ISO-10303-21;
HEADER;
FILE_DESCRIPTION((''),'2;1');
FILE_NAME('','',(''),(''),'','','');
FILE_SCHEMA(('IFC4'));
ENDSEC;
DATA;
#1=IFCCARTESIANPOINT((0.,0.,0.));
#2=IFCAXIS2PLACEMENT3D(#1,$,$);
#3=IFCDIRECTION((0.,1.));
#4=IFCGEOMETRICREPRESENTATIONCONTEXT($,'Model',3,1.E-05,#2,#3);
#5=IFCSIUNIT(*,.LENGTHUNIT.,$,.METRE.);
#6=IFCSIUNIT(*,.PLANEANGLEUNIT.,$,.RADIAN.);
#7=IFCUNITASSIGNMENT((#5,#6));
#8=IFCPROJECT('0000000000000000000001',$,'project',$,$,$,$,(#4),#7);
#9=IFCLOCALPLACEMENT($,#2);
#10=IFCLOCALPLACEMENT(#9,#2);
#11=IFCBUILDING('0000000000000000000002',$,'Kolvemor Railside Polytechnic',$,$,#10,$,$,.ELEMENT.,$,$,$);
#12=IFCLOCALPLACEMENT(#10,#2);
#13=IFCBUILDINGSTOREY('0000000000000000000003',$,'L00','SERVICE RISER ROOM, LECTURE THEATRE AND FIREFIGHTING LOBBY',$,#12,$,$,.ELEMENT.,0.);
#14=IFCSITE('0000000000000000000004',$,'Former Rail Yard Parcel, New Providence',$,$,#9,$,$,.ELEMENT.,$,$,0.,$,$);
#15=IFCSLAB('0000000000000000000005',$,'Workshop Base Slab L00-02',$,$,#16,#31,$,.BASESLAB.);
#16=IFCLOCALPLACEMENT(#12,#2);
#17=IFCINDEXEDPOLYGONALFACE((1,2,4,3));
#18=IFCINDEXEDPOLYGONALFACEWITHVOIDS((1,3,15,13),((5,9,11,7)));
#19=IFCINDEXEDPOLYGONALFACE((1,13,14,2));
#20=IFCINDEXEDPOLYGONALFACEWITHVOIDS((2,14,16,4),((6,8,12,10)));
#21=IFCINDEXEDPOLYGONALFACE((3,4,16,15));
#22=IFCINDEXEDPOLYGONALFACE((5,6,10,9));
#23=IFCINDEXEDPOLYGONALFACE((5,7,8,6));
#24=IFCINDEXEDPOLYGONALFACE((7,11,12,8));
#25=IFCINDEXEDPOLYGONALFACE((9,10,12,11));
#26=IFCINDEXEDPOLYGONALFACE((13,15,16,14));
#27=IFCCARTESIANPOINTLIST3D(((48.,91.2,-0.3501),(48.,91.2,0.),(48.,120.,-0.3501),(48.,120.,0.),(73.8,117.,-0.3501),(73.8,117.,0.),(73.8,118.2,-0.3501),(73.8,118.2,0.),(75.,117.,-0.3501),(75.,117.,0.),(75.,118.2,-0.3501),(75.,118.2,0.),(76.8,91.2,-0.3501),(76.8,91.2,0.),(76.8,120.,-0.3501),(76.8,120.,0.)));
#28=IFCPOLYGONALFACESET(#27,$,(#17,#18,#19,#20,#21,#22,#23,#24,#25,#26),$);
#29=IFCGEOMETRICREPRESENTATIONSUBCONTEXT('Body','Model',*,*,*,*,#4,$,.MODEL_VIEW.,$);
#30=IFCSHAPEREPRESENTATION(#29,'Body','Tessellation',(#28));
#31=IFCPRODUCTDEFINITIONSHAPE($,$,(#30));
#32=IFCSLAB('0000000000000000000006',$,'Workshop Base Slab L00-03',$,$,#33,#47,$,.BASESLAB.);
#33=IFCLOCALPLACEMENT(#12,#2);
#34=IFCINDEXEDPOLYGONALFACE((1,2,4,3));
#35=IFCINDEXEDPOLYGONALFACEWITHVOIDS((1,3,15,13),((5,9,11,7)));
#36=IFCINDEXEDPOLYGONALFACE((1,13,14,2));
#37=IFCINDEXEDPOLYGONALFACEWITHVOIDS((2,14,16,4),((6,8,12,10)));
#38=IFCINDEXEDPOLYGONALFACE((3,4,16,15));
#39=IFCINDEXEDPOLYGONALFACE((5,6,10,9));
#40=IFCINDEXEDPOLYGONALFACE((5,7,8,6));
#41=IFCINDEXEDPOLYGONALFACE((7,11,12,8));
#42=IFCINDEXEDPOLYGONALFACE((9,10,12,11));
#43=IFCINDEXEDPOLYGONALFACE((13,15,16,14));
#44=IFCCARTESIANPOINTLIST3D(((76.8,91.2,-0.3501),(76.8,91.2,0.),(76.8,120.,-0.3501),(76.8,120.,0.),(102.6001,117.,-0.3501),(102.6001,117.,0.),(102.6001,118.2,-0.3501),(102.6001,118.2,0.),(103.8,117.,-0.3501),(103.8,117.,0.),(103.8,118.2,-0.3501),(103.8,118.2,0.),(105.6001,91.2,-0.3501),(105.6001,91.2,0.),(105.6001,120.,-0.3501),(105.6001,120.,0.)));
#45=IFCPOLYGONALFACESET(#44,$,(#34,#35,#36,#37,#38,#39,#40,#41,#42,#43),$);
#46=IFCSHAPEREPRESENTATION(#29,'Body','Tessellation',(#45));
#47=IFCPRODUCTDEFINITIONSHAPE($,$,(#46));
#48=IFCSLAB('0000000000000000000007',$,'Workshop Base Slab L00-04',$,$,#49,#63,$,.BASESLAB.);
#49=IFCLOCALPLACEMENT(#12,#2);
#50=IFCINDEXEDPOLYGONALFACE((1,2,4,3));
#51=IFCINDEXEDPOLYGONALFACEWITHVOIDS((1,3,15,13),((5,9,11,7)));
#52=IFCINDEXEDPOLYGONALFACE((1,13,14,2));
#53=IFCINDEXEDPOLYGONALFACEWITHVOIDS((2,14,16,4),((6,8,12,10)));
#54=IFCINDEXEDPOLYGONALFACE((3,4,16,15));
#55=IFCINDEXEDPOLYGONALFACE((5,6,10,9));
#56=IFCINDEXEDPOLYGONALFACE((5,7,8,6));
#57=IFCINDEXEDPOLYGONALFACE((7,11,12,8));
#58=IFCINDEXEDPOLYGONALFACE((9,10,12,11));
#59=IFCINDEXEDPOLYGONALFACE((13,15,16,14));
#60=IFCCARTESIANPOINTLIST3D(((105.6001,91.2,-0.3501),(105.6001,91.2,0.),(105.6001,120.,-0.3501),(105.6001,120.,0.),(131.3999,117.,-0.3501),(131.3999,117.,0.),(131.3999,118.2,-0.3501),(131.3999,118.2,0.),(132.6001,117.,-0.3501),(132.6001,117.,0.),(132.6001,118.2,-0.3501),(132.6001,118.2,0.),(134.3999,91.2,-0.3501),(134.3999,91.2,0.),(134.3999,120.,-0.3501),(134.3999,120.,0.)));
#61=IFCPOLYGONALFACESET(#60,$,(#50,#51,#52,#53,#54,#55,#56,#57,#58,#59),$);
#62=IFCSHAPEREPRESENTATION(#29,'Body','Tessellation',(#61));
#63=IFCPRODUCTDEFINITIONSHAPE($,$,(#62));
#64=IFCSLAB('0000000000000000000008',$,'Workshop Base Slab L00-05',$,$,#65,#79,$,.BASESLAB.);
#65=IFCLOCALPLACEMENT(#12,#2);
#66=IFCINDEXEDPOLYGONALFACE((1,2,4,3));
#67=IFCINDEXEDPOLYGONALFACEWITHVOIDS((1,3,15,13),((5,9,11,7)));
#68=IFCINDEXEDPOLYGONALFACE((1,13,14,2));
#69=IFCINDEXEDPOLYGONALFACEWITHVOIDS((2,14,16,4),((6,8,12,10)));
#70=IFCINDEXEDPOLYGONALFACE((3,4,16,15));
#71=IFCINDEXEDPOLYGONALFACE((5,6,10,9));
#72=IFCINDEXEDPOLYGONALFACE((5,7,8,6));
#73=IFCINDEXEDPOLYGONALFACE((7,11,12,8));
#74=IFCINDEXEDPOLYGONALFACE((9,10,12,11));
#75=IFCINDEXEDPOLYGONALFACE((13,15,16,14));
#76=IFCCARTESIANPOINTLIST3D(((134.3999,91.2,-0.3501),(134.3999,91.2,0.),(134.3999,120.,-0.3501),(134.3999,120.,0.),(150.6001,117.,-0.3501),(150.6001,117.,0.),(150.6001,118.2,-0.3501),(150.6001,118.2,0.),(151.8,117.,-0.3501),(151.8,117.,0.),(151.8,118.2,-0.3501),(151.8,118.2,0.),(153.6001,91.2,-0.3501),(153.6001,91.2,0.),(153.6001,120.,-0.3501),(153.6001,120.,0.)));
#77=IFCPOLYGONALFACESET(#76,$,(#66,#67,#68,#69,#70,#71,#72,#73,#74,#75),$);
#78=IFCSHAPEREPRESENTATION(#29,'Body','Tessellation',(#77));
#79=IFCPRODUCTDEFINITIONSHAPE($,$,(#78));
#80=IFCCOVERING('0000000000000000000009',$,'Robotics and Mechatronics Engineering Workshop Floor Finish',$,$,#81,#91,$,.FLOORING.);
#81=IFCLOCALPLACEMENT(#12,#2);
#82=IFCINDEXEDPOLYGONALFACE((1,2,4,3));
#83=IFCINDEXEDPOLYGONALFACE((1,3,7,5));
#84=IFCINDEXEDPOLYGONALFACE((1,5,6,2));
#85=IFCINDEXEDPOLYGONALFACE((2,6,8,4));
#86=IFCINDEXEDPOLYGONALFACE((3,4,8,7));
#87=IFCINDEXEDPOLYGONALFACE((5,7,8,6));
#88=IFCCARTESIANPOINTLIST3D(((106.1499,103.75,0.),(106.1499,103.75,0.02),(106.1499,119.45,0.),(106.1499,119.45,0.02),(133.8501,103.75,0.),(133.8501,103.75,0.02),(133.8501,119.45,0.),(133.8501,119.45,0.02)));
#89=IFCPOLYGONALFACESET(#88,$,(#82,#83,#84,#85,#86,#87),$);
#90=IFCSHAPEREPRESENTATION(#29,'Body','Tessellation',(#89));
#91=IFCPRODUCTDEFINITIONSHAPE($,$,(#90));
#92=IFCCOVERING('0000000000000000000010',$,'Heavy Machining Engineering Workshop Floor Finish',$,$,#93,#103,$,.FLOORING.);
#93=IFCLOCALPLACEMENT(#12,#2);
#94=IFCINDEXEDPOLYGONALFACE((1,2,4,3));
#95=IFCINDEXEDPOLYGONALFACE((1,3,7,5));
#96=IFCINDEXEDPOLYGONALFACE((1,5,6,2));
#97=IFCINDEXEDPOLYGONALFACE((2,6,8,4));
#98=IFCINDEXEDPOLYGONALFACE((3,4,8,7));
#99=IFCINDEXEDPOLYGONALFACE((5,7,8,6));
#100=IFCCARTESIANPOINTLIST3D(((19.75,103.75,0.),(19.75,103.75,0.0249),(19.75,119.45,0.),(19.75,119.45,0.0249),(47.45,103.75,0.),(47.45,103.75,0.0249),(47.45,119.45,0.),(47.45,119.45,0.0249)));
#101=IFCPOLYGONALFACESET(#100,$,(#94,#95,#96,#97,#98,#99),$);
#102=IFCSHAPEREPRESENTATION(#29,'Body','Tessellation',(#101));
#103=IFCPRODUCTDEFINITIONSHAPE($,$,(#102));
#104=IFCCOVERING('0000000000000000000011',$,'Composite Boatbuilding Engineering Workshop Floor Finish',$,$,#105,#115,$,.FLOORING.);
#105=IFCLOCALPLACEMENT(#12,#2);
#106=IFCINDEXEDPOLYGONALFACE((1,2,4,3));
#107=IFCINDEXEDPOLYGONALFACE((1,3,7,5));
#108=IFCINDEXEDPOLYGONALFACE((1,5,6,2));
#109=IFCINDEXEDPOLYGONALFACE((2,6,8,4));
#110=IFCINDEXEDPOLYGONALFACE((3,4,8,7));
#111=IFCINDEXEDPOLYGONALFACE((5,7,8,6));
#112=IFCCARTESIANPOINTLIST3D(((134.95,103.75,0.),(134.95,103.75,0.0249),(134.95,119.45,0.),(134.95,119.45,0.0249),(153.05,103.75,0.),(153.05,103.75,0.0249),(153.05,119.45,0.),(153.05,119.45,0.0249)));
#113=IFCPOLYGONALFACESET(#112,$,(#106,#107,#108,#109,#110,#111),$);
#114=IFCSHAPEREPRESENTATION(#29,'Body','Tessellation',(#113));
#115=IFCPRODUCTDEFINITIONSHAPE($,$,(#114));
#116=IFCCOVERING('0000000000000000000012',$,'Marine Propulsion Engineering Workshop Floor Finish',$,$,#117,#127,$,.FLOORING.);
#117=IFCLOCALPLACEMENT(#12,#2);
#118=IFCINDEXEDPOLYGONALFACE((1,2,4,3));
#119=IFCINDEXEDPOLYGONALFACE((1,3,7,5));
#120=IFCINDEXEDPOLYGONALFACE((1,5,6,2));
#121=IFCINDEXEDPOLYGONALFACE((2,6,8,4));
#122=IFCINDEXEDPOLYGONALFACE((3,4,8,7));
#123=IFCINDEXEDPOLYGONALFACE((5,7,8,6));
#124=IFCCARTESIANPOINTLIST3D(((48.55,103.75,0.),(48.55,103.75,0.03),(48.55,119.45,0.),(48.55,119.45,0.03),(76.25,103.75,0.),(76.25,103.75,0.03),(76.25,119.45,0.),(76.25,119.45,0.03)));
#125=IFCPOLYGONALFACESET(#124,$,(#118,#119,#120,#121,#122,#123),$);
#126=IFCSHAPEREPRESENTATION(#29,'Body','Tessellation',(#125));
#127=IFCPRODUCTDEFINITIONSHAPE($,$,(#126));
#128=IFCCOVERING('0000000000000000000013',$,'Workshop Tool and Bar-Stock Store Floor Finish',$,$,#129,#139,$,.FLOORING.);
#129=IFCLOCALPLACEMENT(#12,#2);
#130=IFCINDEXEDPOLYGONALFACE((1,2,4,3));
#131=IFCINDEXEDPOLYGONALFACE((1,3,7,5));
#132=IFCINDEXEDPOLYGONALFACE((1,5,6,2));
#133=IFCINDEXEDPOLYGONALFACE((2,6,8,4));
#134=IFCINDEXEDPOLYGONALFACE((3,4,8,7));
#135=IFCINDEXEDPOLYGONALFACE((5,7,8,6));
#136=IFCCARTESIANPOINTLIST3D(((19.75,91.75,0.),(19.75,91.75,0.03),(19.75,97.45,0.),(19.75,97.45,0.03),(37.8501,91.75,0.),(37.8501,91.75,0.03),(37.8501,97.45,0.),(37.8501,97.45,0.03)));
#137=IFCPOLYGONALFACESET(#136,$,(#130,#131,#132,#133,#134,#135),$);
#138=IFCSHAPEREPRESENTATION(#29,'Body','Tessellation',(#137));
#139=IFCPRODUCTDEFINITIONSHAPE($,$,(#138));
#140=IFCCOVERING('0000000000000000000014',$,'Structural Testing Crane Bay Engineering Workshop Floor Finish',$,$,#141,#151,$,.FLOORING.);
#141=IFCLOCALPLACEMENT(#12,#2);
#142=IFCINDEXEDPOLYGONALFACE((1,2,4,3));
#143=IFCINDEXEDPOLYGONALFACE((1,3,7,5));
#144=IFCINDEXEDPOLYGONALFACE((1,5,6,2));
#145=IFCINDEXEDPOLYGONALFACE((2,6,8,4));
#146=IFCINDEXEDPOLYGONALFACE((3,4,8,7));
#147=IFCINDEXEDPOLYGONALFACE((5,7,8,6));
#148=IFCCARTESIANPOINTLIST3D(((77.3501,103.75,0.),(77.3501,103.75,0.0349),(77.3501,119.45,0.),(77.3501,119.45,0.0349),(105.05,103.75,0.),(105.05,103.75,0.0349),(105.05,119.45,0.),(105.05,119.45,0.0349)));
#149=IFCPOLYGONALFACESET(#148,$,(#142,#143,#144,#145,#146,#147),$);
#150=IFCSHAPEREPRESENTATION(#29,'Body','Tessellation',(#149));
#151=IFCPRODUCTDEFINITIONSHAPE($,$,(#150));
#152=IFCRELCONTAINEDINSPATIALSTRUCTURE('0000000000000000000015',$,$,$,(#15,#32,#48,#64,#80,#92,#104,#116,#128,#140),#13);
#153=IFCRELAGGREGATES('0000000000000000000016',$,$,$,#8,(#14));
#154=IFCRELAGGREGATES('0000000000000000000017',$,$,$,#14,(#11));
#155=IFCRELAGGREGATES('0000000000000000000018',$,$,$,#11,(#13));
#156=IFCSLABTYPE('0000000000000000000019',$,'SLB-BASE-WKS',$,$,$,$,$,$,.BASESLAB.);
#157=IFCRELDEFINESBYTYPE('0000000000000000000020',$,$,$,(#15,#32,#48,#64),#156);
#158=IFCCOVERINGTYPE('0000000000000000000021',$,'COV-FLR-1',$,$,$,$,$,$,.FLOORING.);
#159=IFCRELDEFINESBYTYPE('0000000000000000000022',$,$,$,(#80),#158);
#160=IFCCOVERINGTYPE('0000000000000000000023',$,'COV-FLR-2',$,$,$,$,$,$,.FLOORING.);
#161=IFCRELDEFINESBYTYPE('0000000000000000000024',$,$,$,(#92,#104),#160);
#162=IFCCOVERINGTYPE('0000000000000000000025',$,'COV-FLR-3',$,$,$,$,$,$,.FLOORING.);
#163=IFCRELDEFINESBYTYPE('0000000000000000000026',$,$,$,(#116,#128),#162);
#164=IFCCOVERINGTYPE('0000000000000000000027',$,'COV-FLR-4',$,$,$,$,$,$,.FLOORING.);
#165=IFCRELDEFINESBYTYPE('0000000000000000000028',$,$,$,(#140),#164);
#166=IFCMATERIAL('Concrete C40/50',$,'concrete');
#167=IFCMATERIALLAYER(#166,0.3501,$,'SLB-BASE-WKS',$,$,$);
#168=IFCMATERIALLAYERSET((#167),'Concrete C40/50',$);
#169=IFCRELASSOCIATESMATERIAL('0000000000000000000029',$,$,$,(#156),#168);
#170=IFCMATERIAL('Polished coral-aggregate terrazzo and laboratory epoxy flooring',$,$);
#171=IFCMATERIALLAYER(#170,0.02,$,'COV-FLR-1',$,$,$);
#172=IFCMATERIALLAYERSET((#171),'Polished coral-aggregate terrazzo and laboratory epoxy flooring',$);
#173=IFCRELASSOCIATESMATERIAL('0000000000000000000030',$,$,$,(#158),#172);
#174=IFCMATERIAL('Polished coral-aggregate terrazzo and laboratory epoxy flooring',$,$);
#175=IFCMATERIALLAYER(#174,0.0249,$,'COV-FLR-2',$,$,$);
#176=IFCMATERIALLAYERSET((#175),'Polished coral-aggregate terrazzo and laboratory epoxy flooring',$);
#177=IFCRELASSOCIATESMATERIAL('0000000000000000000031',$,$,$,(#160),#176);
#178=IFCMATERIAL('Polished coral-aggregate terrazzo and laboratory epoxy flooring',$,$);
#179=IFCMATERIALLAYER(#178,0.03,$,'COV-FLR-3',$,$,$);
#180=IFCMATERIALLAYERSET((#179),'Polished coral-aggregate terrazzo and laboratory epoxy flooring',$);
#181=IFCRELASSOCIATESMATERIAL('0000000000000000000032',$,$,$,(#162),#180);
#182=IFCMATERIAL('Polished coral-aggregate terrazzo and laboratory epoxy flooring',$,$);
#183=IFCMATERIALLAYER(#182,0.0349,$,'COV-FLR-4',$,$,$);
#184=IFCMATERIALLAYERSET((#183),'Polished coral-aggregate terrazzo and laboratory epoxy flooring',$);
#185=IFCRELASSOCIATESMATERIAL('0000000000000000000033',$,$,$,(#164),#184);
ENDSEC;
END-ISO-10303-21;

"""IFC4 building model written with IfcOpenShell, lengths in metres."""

from ifc_helpers import new_model, si_unit, direction, frame, origin, place, context, subcontext, project, spatial, polyline, outline, extrude, material, layer, layer_set, type_object, element, save


model = new_model("IFC4")

# Units and contexts
model_context = context("Model", 3, precision=1e-05, world=origin(), true_north=direction((0.0, 1.0)))
body_context = subcontext(model_context, "Body", "Model", "MODEL_VIEW")
ifc_project = project(units=[si_unit("LENGTHUNIT", "METRE"), si_unit("PLANEANGLEUNIT", "RADIAN")], contexts=[model_context])

# Site, building, storey
site_placement = place(None, origin())
site = spatial("IfcSite", under=ifc_project, at=site_placement, Name="Former Rail Yard Parcel, New Providence", CompositionType="ELEMENT", RefElevation=0.0)
building_placement = place(site_placement, origin())
building = spatial("IfcBuilding", under=site, at=building_placement, Name="Kolvemor Railside Polytechnic", CompositionType="ELEMENT")
storey_placement = place(building_placement, origin())
storey = spatial("IfcBuildingStorey", under=building, at=storey_placement, Name="L00", Description="SERVICE RISER ROOM, LECTURE THEATRE AND FIREFIGHTING LOBBY", CompositionType="ELEMENT", Elevation=0.0)

# Slabs
ifc_material_1 = material(Name="Concrete C40/50", Category="concrete")
ifc_layer_1 = layer(ifc_material_1, 0.3501, Name="SLB-BASE-WKS")
ifc_layer_set_1 = layer_set([ifc_layer_1], Name="Concrete C40/50")
slab_type_1 = type_object("IfcSlabType", Name="SLB-BASE-WKS", PredefinedType="BASESLAB", material=ifc_layer_set_1)
slab_1_placement = place(storey_placement, frame((0.0, 0.0, -0.3501)))
element("IfcSlab", 1, at=slab_1_placement, inside=storey, type_object=slab_type_1, Name="Workshop Base Slab L00-02", PredefinedType="BASESLAB", context=body_context, shape_type="SweptSolid", body=[
    extrude(outline(polyline([(48.0, 91.2), (76.8, 91.2), (76.8, 120.0), (48.0, 120.0), (48.0, 91.2)]), holes=[polyline([(73.8, 117.0), (75.0, 117.0), (75.0, 118.2), (73.8, 118.2), (73.8, 117.0)])]), origin(), (0.0, 0.0, 1.0), 0.3501),
])
slab_2_placement = place(storey_placement, frame((0.0, 0.0, -0.3501)))
element("IfcSlab", 2, at=slab_2_placement, inside=storey, type_object=slab_type_1, Name="Workshop Base Slab L00-03", PredefinedType="BASESLAB", context=body_context, shape_type="SweptSolid", body=[
    extrude(outline(polyline([(76.8, 91.2), (105.6001, 91.2), (105.6001, 120.0), (76.8, 120.0), (76.8, 91.2)]), holes=[polyline([(102.6001, 117.0), (103.8, 117.0), (103.8, 118.2), (102.6001, 118.2), (102.6001, 117.0)])]), origin(), (0.0, 0.0, 1.0), 0.3501),
])
slab_3_placement = place(storey_placement, frame((0.0, 0.0, -0.3501)))
element("IfcSlab", 3, at=slab_3_placement, inside=storey, type_object=slab_type_1, Name="Workshop Base Slab L00-04", PredefinedType="BASESLAB", context=body_context, shape_type="SweptSolid", body=[
    extrude(outline(polyline([(105.6001, 91.2), (134.3999, 91.2), (134.3999, 120.0), (105.6001, 120.0), (105.6001, 91.2)]), holes=[polyline([(131.3999, 117.0), (132.6001, 117.0), (132.6001, 118.2), (131.3999, 118.2), (131.3999, 117.0)])]), origin(), (0.0, 0.0, 1.0), 0.3501),
])
slab_4_placement = place(storey_placement, frame((0.0, 0.0, -0.3501)))
element("IfcSlab", 4, at=slab_4_placement, inside=storey, type_object=slab_type_1, Name="Workshop Base Slab L00-05", PredefinedType="BASESLAB", context=body_context, shape_type="SweptSolid", body=[
    extrude(outline(polyline([(134.3999, 91.2), (153.6001, 91.2), (153.6001, 120.0), (134.3999, 120.0), (134.3999, 91.2)]), holes=[polyline([(150.6001, 117.0), (151.8, 117.0), (151.8, 118.2), (150.6001, 118.2), (150.6001, 117.0)])]), origin(), (0.0, 0.0, 1.0), 0.3501),
])

# Coverings
ifc_material_2 = material(Name="Polished coral-aggregate terrazzo and laboratory epoxy flooring")
ifc_layer_2 = layer(ifc_material_2, 0.02, Name="COV-FLR-1")
ifc_layer_set_2 = layer_set([ifc_layer_2], Name="Polished coral-aggregate terrazzo and laboratory epoxy flooring")
covering_type_1 = type_object("IfcCoveringType", Name="COV-FLR-1", PredefinedType="FLOORING", material=ifc_layer_set_2)
covering_1_placement = place(storey_placement, origin())
element("IfcCovering", 5, at=covering_1_placement, inside=storey, type_object=covering_type_1, Name="Robotics and Mechatronics Engineering Workshop Floor Finish", PredefinedType="FLOORING", context=body_context, shape_type="SweptSolid", body=[
    extrude(outline(polyline([(106.1499, 103.75), (133.8501, 103.75), (133.8501, 119.45), (106.1499, 119.45), (106.1499, 103.75)])), origin(), (0.0, 0.0, 1.0), 0.02),
])
ifc_material_3 = material(Name="Polished coral-aggregate terrazzo and laboratory epoxy flooring")
ifc_layer_3 = layer(ifc_material_3, 0.0249, Name="COV-FLR-2")
ifc_layer_set_3 = layer_set([ifc_layer_3], Name="Polished coral-aggregate terrazzo and laboratory epoxy flooring")
covering_type_2 = type_object("IfcCoveringType", Name="COV-FLR-2", PredefinedType="FLOORING", material=ifc_layer_set_3)
covering_2_placement = place(storey_placement, origin())
element("IfcCovering", 6, at=covering_2_placement, inside=storey, type_object=covering_type_2, Name="Heavy Machining Engineering Workshop Floor Finish", PredefinedType="FLOORING", context=body_context, shape_type="SweptSolid", body=[
    extrude(outline(polyline([(19.75, 103.75), (47.45, 103.75), (47.45, 119.45), (19.75, 119.45), (19.75, 103.75)])), origin(), (0.0, 0.0, 1.0), 0.0249),
])
covering_3_placement = place(storey_placement, origin())
element("IfcCovering", 7, at=covering_3_placement, inside=storey, type_object=covering_type_2, Name="Composite Boatbuilding Engineering Workshop Floor Finish", PredefinedType="FLOORING", context=body_context, shape_type="SweptSolid", body=[
    extrude(outline(polyline([(134.95, 103.75), (153.05, 103.75), (153.05, 119.45), (134.95, 119.45), (134.95, 103.75)])), origin(), (0.0, 0.0, 1.0), 0.0249),
])
ifc_material_4 = material(Name="Polished coral-aggregate terrazzo and laboratory epoxy flooring")
ifc_layer_4 = layer(ifc_material_4, 0.03, Name="COV-FLR-3")
ifc_layer_set_4 = layer_set([ifc_layer_4], Name="Polished coral-aggregate terrazzo and laboratory epoxy flooring")
covering_type_3 = type_object("IfcCoveringType", Name="COV-FLR-3", PredefinedType="FLOORING", material=ifc_layer_set_4)
covering_4_placement = place(storey_placement, origin())
element("IfcCovering", 8, at=covering_4_placement, inside=storey, type_object=covering_type_3, Name="Marine Propulsion Engineering Workshop Floor Finish", PredefinedType="FLOORING", context=body_context, shape_type="SweptSolid", body=[
    extrude(outline(polyline([(48.55, 103.75), (76.25, 103.75), (76.25, 119.45), (48.55, 119.45), (48.55, 103.75)])), origin(), (0.0, 0.0, 1.0), 0.03),
])
covering_5_placement = place(storey_placement, origin())
element("IfcCovering", 9, at=covering_5_placement, inside=storey, type_object=covering_type_3, Name="Workshop Tool and Bar-Stock Store Floor Finish", PredefinedType="FLOORING", context=body_context, shape_type="SweptSolid", body=[
    extrude(outline(polyline([(19.75, 91.75), (37.8501, 91.75), (37.8501, 97.45), (19.75, 97.45), (19.75, 91.75)])), origin(), (0.0, 0.0, 1.0), 0.03),
])
ifc_material_5 = material(Name="Polished coral-aggregate terrazzo and laboratory epoxy flooring")
ifc_layer_5 = layer(ifc_material_5, 0.0349, Name="COV-FLR-4")
ifc_layer_set_5 = layer_set([ifc_layer_5], Name="Polished coral-aggregate terrazzo and laboratory epoxy flooring")
covering_type_4 = type_object("IfcCoveringType", Name="COV-FLR-4", PredefinedType="FLOORING", material=ifc_layer_set_5)
covering_6_placement = place(storey_placement, origin())
element("IfcCovering", 10, at=covering_6_placement, inside=storey, type_object=covering_type_4, Name="Structural Testing Crane Bay Engineering Workshop Floor Finish", PredefinedType="FLOORING", context=body_context, shape_type="SweptSolid", body=[
    extrude(outline(polyline([(77.3501, 103.75), (105.05, 103.75), (105.05, 119.45), (77.3501, 119.45), (77.3501, 103.75)])), origin(), (0.0, 0.0, 1.0), 0.0349),
])

save(model, "model.ifc")
